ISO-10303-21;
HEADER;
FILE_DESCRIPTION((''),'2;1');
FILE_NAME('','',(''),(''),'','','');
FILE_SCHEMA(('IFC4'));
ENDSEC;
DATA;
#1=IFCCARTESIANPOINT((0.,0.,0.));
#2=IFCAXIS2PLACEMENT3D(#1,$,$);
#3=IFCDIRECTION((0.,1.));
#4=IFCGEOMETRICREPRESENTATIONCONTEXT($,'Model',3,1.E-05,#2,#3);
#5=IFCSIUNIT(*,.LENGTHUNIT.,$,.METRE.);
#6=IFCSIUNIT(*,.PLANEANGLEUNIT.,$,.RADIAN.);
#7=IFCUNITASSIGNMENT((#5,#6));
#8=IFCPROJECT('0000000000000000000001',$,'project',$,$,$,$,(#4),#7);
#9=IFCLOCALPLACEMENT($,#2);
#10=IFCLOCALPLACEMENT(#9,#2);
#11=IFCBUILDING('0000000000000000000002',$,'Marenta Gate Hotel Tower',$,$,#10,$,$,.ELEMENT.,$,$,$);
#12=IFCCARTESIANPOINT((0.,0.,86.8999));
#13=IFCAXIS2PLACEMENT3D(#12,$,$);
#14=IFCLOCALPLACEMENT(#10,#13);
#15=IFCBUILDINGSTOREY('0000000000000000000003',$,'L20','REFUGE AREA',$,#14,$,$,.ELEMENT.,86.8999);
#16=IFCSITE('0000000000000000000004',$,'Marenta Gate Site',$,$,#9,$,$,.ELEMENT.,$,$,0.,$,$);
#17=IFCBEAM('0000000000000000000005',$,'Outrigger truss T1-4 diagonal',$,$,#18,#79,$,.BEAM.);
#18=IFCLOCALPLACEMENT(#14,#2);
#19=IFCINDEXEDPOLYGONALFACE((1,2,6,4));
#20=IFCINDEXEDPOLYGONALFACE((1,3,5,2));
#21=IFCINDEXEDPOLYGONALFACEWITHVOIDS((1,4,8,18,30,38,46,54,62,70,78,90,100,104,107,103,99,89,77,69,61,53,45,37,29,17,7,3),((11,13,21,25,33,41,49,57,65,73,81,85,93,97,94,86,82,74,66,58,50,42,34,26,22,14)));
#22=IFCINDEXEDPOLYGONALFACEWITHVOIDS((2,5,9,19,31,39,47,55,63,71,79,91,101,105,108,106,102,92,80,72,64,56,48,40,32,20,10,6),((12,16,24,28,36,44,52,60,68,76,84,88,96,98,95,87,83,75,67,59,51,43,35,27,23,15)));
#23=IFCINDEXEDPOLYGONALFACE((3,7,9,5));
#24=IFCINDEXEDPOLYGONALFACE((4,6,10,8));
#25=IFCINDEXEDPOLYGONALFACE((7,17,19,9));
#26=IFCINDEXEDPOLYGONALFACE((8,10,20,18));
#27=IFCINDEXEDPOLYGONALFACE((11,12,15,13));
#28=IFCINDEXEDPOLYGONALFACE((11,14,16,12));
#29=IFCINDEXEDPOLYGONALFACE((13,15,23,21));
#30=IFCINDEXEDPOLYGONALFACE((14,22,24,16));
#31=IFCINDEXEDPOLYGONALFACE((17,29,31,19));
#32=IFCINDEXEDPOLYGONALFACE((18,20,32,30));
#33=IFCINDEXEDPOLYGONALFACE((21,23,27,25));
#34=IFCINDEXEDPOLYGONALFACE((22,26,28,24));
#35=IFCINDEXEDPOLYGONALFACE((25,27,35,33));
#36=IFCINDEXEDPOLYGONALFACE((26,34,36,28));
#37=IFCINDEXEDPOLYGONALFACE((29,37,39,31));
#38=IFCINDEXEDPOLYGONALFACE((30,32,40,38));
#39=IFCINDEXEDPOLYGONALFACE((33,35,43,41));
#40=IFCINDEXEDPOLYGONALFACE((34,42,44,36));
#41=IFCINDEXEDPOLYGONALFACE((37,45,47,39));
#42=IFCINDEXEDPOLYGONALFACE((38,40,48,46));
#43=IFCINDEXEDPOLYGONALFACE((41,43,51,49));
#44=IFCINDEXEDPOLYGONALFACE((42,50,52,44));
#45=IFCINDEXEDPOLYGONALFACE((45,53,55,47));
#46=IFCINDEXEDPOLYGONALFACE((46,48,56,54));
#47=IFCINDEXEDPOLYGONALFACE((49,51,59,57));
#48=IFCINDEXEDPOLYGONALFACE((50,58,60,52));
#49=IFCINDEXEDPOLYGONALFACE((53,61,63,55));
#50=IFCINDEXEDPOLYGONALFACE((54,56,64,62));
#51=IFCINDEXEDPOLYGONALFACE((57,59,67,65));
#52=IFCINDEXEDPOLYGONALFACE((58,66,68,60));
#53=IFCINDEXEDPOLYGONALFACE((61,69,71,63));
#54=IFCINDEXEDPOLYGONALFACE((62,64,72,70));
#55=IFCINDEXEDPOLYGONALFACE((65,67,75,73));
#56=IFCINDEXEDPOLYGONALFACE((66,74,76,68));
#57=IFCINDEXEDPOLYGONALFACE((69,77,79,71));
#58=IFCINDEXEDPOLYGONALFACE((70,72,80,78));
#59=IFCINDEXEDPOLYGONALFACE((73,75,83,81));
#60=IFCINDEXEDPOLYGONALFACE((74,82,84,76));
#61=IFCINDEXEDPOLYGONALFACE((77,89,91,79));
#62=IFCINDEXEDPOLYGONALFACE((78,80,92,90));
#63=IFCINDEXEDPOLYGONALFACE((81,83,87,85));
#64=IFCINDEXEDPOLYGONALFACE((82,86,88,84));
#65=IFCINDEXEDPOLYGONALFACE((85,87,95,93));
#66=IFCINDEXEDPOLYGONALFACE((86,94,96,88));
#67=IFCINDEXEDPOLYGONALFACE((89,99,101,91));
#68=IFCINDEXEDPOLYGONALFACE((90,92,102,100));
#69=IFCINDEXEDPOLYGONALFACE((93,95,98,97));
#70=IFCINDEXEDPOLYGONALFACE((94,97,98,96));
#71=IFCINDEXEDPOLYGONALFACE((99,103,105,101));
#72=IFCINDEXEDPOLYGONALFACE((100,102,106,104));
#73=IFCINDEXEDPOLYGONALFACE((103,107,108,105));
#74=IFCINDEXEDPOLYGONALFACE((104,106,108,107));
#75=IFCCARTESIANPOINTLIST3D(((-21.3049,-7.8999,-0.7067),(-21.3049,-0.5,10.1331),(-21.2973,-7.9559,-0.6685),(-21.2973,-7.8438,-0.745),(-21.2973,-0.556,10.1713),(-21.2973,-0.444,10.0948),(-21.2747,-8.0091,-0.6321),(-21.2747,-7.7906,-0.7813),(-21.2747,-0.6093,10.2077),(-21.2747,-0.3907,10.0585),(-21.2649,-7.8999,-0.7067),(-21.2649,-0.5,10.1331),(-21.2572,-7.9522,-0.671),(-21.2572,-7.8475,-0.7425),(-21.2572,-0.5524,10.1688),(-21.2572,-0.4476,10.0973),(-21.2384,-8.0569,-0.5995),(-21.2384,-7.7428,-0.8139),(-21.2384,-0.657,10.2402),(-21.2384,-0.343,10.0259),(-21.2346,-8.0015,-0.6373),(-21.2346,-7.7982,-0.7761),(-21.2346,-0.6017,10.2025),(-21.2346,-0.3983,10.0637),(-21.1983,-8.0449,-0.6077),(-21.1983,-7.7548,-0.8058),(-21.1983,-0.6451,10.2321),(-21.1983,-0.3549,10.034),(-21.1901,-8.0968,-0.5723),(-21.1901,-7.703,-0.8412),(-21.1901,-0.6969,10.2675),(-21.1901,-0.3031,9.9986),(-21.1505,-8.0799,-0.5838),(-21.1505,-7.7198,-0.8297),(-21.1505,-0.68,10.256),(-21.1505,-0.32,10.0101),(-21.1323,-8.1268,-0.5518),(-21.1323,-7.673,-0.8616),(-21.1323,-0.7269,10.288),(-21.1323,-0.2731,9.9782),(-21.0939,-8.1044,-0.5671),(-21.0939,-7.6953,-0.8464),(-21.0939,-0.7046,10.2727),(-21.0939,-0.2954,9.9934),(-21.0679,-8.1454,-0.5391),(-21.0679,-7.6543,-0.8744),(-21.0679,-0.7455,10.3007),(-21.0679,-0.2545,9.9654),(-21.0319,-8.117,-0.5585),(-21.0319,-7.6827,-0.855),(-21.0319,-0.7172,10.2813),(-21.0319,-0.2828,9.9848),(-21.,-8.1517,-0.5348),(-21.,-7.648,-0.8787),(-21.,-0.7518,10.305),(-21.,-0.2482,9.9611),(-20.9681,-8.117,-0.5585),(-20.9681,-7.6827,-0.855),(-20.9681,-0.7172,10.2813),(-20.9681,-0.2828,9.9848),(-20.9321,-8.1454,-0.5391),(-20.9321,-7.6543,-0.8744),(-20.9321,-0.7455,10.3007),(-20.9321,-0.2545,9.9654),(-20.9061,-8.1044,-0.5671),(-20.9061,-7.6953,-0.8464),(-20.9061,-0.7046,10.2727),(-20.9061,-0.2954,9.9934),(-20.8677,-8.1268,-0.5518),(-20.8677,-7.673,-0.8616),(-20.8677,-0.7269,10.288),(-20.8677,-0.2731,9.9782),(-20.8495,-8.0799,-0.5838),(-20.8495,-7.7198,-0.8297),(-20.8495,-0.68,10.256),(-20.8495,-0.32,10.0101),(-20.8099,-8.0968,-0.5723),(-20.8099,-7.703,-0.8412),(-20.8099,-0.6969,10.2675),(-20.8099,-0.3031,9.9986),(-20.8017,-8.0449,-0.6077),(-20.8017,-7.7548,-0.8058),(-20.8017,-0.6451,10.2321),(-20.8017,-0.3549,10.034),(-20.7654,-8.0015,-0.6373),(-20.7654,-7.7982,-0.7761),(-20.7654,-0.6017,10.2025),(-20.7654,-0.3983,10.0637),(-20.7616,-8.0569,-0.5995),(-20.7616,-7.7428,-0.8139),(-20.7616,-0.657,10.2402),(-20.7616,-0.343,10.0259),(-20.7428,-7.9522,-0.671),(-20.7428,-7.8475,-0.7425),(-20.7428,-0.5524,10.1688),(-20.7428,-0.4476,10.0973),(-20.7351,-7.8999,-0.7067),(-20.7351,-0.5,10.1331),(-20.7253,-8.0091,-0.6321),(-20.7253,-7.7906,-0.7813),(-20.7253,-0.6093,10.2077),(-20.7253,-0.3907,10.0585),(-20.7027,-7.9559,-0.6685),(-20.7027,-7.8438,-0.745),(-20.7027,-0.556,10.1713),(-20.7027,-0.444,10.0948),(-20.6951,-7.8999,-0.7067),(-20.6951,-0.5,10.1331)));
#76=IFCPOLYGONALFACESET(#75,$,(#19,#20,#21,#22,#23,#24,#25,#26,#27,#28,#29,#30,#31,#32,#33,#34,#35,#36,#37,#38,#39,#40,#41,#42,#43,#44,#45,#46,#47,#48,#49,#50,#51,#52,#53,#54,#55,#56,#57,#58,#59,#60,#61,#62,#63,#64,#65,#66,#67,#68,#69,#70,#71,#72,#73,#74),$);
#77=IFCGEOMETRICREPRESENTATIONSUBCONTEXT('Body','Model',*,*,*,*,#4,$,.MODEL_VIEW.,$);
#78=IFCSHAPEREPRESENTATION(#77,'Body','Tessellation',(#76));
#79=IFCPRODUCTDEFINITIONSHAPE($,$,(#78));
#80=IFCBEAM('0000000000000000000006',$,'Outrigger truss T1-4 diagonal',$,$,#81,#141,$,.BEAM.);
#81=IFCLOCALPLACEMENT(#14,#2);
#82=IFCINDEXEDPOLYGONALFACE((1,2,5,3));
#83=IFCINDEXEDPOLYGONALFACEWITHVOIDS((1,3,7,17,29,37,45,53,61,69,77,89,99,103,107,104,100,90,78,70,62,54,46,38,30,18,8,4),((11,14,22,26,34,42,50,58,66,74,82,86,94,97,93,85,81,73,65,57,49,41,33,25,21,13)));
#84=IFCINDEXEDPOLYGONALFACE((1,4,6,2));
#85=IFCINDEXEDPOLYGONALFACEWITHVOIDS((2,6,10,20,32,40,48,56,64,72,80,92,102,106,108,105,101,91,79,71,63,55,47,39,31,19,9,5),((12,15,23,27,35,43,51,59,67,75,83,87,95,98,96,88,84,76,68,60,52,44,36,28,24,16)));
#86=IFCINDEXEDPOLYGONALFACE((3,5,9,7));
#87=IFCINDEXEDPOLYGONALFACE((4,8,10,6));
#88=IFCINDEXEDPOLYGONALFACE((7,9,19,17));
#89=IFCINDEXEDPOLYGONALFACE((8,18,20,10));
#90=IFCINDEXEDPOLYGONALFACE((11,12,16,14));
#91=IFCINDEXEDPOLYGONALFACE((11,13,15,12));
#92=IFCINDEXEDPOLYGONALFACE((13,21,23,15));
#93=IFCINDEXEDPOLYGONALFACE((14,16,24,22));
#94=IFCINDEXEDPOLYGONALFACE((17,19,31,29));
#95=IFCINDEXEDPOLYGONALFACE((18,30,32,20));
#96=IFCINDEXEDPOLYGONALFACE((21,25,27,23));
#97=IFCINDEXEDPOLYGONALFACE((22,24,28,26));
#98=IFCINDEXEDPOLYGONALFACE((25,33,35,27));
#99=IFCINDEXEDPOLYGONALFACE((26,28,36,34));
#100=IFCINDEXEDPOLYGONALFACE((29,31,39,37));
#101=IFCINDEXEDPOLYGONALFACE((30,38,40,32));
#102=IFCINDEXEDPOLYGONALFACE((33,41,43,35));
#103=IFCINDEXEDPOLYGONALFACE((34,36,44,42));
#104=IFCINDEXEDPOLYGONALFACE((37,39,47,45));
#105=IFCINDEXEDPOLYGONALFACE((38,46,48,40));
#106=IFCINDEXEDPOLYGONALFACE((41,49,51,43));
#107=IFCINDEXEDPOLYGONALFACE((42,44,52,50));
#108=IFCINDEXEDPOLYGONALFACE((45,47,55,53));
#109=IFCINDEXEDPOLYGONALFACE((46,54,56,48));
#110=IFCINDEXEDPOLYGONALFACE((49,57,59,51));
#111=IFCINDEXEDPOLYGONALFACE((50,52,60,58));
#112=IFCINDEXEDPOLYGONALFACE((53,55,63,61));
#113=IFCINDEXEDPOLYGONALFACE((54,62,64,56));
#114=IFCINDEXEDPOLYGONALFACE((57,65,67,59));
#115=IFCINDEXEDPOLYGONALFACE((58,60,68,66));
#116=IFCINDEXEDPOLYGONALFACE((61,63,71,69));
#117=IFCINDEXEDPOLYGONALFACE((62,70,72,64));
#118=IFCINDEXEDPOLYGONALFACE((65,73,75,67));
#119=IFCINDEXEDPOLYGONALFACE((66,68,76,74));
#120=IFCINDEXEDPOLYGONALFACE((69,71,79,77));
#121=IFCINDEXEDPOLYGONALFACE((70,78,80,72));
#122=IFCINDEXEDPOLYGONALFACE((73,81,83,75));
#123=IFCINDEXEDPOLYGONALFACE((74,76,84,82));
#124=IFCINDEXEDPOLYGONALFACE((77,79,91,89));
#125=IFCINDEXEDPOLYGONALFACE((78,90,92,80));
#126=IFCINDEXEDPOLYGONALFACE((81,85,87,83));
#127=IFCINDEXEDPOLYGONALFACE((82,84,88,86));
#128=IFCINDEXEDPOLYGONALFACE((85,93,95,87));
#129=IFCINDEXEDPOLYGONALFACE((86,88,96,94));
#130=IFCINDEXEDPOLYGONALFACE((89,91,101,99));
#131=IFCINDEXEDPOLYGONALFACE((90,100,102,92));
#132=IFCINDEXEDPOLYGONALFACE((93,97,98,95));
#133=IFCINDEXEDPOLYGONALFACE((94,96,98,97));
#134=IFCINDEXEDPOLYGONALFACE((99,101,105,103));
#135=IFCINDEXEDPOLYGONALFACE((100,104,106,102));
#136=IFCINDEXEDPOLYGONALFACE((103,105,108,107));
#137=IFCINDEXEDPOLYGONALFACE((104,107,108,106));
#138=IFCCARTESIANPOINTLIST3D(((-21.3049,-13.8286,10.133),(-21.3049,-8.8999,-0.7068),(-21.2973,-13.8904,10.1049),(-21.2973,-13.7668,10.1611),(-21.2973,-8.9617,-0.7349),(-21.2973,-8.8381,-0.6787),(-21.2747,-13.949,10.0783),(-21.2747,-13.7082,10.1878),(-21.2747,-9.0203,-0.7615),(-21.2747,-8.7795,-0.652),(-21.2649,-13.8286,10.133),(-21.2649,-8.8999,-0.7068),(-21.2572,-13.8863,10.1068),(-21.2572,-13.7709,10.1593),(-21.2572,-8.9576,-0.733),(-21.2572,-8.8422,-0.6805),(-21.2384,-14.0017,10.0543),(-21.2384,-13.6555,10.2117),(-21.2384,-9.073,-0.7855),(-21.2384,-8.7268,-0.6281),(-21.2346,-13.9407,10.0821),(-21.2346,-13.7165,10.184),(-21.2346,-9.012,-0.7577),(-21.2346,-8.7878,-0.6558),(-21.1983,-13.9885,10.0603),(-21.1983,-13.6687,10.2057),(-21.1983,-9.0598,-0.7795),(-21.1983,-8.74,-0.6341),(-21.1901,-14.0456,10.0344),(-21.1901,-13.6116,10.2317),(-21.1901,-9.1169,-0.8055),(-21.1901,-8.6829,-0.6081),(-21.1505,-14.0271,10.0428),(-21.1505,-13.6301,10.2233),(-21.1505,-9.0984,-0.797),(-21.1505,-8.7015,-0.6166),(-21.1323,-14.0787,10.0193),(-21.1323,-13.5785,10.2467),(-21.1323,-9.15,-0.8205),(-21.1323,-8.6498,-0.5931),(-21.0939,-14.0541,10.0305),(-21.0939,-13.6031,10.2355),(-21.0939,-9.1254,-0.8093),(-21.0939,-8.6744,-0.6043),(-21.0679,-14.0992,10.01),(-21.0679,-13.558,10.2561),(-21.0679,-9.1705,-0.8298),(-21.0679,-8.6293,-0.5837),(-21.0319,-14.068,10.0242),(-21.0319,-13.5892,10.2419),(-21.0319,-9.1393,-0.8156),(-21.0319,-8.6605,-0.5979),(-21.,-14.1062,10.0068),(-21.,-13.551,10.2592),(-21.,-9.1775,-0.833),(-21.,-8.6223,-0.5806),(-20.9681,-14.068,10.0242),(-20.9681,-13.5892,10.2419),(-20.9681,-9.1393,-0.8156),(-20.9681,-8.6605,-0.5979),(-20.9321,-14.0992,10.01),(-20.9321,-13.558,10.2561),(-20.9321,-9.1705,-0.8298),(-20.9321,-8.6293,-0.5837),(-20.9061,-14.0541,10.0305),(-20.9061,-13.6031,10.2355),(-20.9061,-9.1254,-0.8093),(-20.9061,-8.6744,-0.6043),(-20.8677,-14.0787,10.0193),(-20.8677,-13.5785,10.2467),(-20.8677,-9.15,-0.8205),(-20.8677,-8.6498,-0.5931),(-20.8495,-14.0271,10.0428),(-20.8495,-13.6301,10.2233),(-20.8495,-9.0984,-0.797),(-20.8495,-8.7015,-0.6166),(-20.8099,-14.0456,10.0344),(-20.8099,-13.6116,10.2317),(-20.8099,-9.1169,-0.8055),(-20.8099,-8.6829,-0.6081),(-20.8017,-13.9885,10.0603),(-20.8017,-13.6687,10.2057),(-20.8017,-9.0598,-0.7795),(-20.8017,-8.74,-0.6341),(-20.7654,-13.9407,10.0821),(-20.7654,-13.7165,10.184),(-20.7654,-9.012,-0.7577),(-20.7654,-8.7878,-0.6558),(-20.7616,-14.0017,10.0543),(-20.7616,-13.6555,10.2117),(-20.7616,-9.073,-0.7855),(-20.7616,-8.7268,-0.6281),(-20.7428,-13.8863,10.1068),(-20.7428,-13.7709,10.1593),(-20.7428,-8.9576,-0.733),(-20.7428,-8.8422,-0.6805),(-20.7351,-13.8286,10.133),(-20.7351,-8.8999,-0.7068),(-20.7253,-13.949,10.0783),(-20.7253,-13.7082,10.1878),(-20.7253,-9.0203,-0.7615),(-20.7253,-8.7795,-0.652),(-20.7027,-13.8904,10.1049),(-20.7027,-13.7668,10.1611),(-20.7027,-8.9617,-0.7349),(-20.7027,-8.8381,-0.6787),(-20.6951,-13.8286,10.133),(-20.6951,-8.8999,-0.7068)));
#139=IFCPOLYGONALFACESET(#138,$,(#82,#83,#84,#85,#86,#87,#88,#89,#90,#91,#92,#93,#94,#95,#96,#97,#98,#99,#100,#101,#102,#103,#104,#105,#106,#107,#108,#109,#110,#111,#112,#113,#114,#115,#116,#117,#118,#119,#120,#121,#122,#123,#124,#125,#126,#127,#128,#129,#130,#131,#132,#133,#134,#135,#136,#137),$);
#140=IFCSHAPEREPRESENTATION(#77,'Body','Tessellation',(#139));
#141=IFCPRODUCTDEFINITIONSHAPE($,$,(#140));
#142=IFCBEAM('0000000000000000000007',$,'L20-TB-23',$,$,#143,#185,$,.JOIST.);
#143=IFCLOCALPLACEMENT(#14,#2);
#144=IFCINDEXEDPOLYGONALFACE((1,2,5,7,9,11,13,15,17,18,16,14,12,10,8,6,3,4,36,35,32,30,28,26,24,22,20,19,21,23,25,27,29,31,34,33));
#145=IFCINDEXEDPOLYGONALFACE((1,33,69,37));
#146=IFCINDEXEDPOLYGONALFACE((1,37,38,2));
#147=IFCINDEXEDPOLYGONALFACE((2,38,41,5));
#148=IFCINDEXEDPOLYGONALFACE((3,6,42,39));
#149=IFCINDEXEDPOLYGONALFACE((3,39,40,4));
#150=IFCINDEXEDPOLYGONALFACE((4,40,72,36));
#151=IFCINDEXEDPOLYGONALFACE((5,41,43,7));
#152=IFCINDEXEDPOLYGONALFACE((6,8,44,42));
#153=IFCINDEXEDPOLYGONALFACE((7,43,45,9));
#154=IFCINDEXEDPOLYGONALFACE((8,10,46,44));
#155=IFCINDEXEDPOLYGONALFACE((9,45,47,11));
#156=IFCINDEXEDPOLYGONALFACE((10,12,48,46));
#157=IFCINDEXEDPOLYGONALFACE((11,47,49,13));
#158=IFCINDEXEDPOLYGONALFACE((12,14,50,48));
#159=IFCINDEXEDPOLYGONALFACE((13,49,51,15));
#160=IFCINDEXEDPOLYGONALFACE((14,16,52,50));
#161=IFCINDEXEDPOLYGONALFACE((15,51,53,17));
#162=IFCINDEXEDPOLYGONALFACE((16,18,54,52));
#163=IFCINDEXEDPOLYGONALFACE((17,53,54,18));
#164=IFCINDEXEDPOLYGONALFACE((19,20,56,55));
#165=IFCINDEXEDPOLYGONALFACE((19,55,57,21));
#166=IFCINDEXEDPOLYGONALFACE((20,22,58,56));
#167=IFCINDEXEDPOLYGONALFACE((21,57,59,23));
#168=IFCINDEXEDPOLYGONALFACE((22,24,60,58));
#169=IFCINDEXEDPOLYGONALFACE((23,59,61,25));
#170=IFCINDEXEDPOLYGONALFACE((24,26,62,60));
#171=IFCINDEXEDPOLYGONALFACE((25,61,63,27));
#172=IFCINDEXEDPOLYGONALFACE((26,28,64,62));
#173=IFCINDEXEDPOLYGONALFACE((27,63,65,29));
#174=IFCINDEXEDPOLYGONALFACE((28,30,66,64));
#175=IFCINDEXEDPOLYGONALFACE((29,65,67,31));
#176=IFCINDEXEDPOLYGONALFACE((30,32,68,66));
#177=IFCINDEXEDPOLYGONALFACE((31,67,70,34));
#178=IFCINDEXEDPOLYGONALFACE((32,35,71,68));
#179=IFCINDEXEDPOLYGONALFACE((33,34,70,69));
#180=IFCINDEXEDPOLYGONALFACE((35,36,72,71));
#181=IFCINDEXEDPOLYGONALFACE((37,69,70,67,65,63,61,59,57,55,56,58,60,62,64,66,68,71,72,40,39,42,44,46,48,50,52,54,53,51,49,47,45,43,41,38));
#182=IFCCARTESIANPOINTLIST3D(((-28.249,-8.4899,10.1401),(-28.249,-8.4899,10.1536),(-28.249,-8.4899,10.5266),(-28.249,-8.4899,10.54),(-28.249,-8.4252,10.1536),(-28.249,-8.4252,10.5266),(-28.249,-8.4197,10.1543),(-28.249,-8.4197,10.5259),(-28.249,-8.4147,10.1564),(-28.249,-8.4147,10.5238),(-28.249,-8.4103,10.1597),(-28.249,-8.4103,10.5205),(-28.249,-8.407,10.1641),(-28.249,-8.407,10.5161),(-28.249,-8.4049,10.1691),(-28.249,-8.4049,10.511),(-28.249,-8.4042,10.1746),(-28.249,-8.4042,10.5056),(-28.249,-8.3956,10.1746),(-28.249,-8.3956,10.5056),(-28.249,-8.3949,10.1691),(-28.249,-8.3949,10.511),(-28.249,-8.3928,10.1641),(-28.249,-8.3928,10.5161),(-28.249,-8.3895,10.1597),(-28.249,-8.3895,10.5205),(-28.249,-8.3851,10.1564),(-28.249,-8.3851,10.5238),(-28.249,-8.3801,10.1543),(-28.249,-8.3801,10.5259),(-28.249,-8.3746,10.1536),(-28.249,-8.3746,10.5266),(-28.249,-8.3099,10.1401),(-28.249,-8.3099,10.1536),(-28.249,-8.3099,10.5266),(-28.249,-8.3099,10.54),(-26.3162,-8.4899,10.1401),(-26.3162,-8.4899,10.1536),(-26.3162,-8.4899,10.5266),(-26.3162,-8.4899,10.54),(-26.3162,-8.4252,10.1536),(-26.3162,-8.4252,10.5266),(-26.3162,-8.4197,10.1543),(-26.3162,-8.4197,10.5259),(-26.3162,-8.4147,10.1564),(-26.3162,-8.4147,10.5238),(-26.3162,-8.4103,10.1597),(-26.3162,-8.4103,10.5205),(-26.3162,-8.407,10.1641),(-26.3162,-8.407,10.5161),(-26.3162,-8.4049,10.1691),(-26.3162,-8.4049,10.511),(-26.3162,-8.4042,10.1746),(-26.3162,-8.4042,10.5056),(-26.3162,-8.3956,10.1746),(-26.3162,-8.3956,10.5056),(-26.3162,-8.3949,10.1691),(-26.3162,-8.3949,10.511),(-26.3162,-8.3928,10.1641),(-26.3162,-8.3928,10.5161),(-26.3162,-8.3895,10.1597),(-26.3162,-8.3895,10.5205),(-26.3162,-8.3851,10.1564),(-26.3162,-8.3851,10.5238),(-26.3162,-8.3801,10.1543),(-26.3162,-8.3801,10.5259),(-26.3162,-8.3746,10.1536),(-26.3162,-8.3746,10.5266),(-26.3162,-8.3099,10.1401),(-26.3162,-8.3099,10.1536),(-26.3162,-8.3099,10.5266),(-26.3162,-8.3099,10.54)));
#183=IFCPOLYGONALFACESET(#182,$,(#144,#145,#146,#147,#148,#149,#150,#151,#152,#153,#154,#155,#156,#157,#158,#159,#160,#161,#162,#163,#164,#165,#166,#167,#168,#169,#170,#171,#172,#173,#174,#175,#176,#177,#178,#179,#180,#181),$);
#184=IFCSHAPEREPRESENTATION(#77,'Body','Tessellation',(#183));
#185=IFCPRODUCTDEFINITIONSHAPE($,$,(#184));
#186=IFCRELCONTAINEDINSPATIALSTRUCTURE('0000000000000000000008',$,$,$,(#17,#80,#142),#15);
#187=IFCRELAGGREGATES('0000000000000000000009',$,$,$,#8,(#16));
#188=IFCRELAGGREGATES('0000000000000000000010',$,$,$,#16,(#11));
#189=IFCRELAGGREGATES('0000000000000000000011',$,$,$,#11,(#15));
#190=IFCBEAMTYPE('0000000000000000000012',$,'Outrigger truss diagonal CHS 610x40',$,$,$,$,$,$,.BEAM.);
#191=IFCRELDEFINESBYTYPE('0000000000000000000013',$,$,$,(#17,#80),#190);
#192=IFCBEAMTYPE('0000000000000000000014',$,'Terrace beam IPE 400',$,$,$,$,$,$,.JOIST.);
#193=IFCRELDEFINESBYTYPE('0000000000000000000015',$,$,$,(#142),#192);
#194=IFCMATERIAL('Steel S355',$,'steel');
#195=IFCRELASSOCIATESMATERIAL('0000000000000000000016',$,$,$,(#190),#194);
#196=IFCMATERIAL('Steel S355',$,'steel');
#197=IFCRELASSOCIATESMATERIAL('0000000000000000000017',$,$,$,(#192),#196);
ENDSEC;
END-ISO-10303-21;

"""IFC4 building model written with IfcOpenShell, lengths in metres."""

from ifc_helpers import new_model, si_unit, direction, frame, origin, origin_2d, place, context, subcontext, project, spatial, hollow_circle, i_section, extrude, material, material_profile, profile_set, type_object, element, save


model = new_model("IFC4")

# Units and contexts
model_context = context("Model", 3, precision=1e-05, world=origin(), true_north=direction((0.0, 1.0)))
body_context = subcontext(model_context, "Body", "Model", "MODEL_VIEW")
ifc_project = project(units=[si_unit("LENGTHUNIT", "METRE"), si_unit("PLANEANGLEUNIT", "RADIAN")], contexts=[model_context])

# Site, building, storey
site_placement = place(None, origin())
site = spatial("IfcSite", under=ifc_project, at=site_placement, Name="Marenta Gate Site", CompositionType="ELEMENT", RefElevation=0.0)
building_placement = place(site_placement, origin())
building = spatial("IfcBuilding", under=site, at=building_placement, Name="Marenta Gate Hotel Tower", CompositionType="ELEMENT")
storey_placement = place(building_placement, frame((0.0, 0.0, 86.8999)))
storey = spatial("IfcBuildingStorey", under=building, at=storey_placement, Name="L20", Description="REFUGE AREA", CompositionType="ELEMENT", Elevation=86.8999)

# Beams
ifc_material_1 = material(Name="Steel S355", Category="steel")
ifc_material_profile_1 = material_profile(ifc_material_1, hollow_circle(Radius=0.3049, WallThickness=0.04, at=origin_2d()), Name="CHS 610x40")
ifc_profile_set_1 = profile_set([ifc_material_profile_1], Name="Steel S355")
beam_type_1 = type_object("IfcBeamType", Name="Outrigger truss diagonal CHS 610x40", PredefinedType="BEAM", material=ifc_profile_set_1)
beam_1_placement = place(storey_placement, frame((-21.0, -0.5, 10.1331), z_axis=(0.0, -0.56381, -0.825905), x_axis=(1.0, 0.0, 0.0)))
element("IfcBeam", 1, at=beam_1_placement, inside=storey, type_object=beam_type_1, Name="Outrigger truss T1-4 diagonal", PredefinedType="BEAM", context=body_context, shape_type="SweptSolid", body=[
    extrude(hollow_circle(Radius=0.3049, WallThickness=0.04, at=origin_2d()), origin(), (0.0, 0.0, 1.0), 13.1248),
])
beam_2_placement = place(storey_placement, frame((-21.0, -8.8999, -0.7068), z_axis=(0.0, -0.413908, 0.910319), x_axis=(1.0, 0.0, 0.0)))
element("IfcBeam", 2, at=beam_2_placement, inside=storey, type_object=beam_type_1, Name="Outrigger truss T1-4 diagonal", PredefinedType="BEAM", context=body_context, shape_type="SweptSolid", body=[
    extrude(hollow_circle(Radius=0.3049, WallThickness=0.04, at=origin_2d()), origin(), (0.0, 0.0, 1.0), 11.9077),
])
ifc_material_2 = material(Name="Steel S355", Category="steel")
ifc_material_profile_2 = material_profile(ifc_material_2, i_section(OverallWidth=0.1799, OverallDepth=0.3999, WebThickness=0.0085, FlangeThickness=0.0134, FilletRadius=0.021, at=origin_2d()), Name="IPE 400")
ifc_profile_set_2 = profile_set([ifc_material_profile_2], Name="Steel S355")
beam_type_2 = type_object("IfcBeamType", Name="Terrace beam IPE 400", PredefinedType="JOIST", material=ifc_profile_set_2)
beam_3_placement = place(storey_placement, frame((-28.249, -8.3999, 10.3401), z_axis=(1.0, 0.0, 0.0), x_axis=(0.0, 1.0, 0.0)))
element("IfcBeam", 3, at=beam_3_placement, inside=storey, type_object=beam_type_2, Name="L20-TB-23", PredefinedType="JOIST", context=body_context, shape_type="SweptSolid", body=[
    extrude(i_section(OverallWidth=0.1799, OverallDepth=0.3999, WebThickness=0.0085, FlangeThickness=0.0134, FilletRadius=0.021, at=origin_2d()), origin(), (0.0, 0.0, 1.0), 1.9329),
])

save(model, "model.ifc")
